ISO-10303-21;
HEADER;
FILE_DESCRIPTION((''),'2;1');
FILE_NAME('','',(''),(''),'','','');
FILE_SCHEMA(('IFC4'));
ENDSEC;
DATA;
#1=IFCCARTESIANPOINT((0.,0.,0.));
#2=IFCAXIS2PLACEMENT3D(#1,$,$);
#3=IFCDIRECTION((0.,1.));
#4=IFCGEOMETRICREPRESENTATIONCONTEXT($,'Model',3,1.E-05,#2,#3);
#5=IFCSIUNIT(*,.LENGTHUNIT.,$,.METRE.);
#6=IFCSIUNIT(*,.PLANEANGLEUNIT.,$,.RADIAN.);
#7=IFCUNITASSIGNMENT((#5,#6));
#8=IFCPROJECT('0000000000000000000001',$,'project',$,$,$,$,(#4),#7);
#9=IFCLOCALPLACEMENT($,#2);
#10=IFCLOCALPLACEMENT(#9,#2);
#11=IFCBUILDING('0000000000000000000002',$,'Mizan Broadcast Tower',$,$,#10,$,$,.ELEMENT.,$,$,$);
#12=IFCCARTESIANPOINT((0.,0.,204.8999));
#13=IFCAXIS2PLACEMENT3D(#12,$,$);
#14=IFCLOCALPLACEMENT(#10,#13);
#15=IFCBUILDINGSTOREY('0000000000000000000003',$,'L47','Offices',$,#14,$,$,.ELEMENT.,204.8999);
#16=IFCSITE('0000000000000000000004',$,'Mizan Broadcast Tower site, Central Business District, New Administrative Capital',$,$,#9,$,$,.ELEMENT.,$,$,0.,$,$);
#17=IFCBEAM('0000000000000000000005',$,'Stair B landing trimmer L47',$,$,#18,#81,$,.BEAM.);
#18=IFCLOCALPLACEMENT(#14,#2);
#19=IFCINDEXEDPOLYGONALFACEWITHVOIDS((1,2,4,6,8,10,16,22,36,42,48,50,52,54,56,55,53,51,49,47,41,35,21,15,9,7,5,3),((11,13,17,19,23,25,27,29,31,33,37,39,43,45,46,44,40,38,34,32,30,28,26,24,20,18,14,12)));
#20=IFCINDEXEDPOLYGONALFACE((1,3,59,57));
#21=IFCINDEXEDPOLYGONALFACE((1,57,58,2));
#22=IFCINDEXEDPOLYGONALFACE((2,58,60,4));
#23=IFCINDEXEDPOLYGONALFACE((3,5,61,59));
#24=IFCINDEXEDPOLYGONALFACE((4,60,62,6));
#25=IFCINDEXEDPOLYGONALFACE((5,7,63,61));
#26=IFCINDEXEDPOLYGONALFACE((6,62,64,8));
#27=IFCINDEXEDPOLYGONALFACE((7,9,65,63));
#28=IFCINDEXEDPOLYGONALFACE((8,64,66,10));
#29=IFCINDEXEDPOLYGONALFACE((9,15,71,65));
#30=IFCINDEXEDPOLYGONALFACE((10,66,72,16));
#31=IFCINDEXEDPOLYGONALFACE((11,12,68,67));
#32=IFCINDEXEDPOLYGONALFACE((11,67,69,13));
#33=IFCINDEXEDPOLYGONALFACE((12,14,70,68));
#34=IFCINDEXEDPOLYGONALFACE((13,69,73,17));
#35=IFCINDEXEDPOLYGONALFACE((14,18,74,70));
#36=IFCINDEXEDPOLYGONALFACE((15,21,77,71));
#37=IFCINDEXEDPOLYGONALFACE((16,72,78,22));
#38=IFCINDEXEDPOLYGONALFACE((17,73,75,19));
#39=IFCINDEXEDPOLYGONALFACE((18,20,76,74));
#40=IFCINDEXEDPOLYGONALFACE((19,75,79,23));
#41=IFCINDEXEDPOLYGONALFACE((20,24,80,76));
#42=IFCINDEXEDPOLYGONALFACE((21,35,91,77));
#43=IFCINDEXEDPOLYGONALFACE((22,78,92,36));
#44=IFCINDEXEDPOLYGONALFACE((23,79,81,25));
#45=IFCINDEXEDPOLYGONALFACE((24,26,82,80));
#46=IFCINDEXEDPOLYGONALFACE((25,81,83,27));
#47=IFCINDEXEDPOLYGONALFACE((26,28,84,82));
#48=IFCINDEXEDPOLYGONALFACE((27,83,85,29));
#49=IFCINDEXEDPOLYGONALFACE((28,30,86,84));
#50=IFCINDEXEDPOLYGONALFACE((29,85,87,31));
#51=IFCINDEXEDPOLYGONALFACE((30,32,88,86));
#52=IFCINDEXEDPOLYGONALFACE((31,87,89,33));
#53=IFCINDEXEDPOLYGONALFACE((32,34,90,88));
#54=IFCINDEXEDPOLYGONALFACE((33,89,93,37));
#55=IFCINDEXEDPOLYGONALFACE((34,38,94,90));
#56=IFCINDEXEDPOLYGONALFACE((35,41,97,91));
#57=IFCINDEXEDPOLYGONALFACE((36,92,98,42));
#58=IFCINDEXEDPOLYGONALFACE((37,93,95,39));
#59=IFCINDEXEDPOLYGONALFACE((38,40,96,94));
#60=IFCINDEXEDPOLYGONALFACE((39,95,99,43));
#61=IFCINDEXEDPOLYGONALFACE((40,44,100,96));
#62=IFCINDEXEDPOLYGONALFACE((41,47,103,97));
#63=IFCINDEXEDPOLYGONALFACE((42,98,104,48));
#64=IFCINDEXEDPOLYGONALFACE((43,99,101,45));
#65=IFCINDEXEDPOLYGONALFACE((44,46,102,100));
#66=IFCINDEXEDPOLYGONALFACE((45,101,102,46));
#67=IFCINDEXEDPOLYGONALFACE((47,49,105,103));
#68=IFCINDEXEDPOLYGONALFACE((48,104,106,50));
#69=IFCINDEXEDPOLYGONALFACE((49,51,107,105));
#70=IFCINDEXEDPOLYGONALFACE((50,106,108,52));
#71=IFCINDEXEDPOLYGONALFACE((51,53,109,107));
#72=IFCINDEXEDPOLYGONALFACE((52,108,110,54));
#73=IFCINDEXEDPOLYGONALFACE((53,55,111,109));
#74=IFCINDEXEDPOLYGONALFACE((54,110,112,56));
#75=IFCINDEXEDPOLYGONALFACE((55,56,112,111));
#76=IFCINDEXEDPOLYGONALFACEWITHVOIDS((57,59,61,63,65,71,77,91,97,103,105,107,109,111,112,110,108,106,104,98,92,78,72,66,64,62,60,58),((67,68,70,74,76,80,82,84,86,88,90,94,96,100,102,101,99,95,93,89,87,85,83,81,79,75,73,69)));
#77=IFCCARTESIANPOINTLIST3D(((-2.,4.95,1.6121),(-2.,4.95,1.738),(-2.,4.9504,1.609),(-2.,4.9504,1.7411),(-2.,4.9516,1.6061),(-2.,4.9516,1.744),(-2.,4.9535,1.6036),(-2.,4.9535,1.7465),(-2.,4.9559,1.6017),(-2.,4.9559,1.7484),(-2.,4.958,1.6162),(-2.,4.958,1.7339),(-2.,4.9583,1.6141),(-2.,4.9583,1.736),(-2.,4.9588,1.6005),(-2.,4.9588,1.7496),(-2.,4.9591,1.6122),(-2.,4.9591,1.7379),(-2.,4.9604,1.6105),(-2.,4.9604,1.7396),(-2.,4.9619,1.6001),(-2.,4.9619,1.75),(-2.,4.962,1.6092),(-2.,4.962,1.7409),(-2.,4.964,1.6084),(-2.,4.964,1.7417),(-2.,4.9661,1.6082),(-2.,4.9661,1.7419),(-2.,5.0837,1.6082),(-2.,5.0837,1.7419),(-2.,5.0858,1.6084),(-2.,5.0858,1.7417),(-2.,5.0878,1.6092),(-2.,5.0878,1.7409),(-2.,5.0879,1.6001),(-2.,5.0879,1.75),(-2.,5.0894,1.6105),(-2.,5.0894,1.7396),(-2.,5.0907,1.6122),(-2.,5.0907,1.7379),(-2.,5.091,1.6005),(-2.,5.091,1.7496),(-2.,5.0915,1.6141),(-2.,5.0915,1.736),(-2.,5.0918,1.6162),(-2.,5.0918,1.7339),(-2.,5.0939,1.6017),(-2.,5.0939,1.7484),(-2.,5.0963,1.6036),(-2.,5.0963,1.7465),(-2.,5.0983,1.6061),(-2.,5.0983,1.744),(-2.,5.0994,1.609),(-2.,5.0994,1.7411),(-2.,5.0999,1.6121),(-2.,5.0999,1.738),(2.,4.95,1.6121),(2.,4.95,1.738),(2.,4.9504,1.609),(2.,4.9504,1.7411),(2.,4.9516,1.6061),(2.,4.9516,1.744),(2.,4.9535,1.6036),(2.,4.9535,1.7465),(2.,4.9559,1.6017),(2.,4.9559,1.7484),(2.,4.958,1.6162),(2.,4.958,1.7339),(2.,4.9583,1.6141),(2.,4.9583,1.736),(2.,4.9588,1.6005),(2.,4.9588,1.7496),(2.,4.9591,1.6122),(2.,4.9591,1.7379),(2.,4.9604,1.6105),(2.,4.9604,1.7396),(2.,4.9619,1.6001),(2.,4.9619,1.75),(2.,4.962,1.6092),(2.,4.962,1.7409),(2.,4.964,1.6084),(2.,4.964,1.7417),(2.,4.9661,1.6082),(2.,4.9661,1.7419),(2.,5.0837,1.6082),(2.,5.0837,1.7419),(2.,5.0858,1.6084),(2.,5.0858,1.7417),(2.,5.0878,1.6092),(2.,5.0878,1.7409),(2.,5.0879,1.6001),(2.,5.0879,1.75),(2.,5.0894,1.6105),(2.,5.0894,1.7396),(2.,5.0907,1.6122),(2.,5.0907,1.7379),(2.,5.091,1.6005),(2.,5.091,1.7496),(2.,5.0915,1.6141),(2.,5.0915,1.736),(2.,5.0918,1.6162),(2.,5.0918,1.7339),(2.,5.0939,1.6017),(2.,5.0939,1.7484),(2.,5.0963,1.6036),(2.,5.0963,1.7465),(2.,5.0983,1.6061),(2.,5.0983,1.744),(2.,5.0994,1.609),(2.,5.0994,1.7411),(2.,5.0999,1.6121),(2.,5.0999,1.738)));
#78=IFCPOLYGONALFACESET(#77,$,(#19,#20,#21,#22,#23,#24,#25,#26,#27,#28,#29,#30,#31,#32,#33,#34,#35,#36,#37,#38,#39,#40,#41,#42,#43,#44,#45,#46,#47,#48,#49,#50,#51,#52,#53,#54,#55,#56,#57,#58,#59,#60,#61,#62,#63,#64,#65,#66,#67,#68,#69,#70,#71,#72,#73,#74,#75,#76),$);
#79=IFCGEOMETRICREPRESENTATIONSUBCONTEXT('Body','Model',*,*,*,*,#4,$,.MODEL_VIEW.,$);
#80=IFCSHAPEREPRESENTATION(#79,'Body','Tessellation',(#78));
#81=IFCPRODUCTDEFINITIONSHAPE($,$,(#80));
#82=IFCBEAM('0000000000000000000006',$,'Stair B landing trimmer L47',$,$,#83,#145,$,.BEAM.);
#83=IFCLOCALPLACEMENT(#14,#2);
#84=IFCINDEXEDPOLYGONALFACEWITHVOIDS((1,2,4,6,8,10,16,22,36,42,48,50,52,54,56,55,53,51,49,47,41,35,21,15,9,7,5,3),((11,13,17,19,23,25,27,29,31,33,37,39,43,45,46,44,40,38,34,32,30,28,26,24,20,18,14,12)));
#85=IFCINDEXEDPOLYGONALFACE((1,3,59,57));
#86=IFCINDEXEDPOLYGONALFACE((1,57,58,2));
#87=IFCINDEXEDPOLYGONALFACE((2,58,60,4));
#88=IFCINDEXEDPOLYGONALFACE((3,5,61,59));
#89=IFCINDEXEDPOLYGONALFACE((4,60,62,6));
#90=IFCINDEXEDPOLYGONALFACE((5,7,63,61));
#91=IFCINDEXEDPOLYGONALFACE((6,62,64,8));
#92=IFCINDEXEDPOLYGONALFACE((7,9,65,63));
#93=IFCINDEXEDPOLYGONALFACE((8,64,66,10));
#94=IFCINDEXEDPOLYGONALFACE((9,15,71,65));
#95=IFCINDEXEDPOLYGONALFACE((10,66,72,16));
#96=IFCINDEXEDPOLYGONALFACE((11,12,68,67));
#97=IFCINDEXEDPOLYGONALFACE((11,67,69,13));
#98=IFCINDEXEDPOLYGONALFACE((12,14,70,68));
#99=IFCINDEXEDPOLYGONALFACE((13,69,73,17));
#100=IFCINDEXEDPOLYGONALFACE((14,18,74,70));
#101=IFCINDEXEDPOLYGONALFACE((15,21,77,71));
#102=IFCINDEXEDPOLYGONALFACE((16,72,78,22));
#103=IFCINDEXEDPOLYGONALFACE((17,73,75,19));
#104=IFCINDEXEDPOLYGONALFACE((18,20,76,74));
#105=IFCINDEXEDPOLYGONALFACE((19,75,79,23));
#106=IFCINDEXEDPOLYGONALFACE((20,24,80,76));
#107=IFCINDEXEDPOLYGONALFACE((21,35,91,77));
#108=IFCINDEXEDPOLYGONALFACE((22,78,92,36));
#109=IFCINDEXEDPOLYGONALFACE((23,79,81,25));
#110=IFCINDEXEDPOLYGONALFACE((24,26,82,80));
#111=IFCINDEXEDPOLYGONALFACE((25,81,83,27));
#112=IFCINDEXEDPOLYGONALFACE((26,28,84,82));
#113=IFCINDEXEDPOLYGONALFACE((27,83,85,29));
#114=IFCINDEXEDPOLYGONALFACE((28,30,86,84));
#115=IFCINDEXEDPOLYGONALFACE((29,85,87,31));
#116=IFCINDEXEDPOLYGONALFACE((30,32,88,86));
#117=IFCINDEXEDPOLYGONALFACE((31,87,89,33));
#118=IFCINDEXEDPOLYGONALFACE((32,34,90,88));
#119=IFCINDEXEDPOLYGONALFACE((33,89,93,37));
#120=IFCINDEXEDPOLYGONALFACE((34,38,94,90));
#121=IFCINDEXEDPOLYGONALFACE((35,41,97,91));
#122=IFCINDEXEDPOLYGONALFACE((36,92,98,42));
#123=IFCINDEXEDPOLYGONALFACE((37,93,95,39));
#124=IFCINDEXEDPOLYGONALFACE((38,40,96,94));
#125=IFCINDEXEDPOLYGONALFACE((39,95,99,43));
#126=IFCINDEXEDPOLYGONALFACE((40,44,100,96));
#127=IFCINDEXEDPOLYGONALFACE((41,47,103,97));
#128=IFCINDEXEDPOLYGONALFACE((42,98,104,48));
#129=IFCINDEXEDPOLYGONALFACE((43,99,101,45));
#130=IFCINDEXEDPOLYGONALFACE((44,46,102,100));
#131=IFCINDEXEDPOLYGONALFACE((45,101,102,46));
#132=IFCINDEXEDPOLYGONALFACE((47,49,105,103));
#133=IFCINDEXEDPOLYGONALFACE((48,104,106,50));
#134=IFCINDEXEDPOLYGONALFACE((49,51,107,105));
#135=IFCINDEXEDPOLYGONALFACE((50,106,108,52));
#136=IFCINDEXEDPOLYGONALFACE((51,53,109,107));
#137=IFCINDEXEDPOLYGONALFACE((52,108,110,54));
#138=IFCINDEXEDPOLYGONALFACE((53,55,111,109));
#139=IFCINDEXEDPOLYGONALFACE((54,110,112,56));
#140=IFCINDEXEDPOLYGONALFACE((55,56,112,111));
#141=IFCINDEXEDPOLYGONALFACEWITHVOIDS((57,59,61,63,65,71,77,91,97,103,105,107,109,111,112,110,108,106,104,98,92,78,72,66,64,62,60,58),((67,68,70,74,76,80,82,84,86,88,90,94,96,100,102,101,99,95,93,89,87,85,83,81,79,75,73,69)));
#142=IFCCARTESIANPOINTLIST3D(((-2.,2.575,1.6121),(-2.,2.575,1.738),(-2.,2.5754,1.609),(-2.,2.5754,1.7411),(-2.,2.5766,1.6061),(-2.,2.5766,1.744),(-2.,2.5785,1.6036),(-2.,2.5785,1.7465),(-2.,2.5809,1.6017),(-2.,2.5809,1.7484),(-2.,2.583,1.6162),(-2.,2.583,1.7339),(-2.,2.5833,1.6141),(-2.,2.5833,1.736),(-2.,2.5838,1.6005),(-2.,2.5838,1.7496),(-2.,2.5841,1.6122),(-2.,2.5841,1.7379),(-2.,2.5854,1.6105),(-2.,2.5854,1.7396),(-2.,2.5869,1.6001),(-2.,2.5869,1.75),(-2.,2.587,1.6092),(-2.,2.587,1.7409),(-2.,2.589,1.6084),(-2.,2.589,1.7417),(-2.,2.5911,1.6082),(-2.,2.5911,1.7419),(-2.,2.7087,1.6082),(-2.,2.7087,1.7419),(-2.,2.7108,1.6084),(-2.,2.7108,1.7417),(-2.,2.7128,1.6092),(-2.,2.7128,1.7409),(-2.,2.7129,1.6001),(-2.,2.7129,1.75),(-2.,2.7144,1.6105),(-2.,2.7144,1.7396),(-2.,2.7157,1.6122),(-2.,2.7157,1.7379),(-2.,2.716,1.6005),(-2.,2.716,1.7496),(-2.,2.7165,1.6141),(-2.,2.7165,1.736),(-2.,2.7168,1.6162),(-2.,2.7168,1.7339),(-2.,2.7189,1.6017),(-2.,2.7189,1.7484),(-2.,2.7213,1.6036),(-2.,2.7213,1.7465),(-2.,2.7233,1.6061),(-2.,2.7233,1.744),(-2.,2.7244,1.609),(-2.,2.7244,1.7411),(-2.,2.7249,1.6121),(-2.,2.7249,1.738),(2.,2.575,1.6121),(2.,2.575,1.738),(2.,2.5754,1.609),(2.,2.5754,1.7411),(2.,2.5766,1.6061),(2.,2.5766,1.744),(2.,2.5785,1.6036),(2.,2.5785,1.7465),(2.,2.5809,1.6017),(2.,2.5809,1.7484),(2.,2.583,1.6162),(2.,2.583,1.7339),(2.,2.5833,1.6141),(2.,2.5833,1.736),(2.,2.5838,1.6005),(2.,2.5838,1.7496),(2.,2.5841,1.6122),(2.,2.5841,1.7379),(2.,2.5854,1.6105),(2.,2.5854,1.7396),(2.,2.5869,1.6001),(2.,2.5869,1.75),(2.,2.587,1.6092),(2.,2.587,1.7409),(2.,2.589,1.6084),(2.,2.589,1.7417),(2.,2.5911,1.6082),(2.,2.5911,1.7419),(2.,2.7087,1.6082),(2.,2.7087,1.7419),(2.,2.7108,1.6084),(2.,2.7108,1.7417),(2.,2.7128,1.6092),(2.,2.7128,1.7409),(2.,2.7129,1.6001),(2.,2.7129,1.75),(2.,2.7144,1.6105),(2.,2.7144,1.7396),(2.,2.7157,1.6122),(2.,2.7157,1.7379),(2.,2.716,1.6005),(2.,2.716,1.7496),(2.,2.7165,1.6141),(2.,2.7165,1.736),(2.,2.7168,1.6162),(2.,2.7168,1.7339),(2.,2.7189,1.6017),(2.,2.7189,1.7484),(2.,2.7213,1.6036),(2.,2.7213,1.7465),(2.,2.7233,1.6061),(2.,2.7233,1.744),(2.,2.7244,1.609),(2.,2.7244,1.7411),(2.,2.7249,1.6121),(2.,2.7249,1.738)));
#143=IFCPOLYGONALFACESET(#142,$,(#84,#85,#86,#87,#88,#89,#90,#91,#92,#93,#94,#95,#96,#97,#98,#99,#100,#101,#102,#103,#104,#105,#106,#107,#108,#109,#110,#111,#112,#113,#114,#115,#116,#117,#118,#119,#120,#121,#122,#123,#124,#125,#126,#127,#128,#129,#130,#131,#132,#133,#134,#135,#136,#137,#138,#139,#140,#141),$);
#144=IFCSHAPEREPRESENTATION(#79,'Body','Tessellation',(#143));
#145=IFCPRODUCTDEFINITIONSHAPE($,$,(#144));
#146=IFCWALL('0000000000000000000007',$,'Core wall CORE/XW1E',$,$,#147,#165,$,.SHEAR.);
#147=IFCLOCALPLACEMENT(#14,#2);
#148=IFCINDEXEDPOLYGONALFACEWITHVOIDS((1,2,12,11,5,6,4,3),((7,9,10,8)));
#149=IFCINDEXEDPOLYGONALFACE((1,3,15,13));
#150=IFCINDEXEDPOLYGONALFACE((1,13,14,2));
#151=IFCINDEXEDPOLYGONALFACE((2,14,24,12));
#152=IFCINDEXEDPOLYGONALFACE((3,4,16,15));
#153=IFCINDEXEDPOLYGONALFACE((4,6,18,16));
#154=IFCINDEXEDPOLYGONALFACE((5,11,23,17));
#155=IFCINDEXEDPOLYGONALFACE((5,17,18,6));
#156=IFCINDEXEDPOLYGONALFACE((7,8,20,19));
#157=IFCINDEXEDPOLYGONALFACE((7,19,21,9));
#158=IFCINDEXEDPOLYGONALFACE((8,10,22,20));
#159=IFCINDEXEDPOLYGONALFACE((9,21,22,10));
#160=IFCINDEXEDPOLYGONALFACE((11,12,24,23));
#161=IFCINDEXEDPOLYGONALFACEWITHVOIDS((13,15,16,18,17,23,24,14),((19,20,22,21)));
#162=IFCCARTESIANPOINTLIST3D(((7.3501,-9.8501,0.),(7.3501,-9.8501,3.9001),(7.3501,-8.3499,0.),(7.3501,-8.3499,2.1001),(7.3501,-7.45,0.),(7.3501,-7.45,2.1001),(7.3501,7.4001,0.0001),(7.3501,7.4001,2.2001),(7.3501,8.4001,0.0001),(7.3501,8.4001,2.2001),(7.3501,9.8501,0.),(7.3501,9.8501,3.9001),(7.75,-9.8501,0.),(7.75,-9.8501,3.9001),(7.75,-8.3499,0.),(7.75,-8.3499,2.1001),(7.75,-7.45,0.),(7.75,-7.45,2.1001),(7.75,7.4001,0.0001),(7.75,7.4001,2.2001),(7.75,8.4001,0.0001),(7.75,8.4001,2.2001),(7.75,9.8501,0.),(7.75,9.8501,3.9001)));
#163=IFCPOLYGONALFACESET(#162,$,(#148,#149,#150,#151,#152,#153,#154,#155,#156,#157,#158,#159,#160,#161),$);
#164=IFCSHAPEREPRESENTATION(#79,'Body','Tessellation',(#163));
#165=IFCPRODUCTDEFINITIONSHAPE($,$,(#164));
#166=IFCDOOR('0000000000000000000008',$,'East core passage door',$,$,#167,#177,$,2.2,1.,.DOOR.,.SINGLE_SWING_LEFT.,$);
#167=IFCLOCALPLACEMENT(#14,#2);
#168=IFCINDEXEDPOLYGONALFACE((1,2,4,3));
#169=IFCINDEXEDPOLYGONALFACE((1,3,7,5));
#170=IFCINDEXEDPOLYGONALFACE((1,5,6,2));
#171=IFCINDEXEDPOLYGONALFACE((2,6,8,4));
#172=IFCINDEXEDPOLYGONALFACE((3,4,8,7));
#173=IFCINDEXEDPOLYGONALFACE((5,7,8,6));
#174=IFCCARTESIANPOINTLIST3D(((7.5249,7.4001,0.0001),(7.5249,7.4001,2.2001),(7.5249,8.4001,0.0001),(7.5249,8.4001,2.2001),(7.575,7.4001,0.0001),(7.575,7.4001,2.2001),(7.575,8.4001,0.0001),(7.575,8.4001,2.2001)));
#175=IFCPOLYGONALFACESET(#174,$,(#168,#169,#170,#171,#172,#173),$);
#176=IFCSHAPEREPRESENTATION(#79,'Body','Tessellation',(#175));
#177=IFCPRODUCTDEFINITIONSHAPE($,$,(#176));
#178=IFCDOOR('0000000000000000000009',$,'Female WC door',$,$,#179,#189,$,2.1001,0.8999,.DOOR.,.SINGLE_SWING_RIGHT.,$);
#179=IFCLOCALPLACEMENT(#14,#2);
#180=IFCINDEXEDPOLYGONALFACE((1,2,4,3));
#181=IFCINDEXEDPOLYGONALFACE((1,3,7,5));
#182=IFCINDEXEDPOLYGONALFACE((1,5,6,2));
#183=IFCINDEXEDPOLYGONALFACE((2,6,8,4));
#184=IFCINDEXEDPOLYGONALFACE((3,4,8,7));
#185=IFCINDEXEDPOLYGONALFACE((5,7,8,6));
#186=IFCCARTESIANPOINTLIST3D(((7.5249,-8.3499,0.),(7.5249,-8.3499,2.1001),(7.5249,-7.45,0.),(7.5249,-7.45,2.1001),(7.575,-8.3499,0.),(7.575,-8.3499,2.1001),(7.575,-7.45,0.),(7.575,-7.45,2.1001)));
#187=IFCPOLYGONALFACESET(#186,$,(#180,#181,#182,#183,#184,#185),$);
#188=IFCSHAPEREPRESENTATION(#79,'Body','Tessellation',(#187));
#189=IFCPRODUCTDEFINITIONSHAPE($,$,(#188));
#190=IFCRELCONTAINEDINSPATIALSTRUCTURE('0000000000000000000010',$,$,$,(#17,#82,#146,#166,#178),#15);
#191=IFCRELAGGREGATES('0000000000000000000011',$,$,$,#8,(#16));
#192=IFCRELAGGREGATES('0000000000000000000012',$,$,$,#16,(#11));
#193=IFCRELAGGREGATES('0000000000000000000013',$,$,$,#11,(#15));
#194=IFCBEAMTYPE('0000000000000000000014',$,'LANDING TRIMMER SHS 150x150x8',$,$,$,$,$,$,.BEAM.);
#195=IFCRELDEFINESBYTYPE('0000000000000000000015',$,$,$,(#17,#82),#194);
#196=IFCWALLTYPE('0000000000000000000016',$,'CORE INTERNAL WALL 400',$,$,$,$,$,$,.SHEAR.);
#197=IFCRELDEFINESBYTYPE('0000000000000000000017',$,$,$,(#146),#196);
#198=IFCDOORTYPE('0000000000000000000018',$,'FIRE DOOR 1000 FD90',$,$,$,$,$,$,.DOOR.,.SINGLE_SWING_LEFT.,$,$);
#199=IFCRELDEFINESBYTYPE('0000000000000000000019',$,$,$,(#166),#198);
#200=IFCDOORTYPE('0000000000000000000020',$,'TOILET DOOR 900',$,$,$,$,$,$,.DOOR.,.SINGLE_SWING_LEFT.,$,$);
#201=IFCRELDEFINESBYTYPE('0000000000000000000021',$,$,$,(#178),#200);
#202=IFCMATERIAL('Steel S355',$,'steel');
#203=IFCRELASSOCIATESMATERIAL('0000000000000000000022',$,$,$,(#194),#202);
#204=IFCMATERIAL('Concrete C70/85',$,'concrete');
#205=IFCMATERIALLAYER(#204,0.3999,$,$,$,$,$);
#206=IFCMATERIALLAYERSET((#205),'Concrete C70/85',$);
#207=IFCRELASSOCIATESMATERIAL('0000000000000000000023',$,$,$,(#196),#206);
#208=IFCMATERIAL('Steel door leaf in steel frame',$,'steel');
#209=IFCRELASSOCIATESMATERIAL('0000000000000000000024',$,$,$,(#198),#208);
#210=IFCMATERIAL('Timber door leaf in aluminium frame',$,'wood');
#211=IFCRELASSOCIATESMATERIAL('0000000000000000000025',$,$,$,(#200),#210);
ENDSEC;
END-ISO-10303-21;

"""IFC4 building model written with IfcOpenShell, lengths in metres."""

from ifc_helpers import new_model, si_unit, direction, frame, frame_2d, origin, origin_2d, place, context, subcontext, project, spatial, rectangle, hollow_rectangle, extrude, material, layer, layer_set, material_profile, profile_set, type_object, element, fill, save


model = new_model("IFC4")

# Units and contexts
model_context = context("Model", 3, precision=1e-05, world=origin(), true_north=direction((0.0, 1.0)))
body_context = subcontext(model_context, "Body", "Model", "MODEL_VIEW")
ifc_project = project(units=[si_unit("LENGTHUNIT", "METRE"), si_unit("PLANEANGLEUNIT", "RADIAN")], contexts=[model_context])

# Site, building, storey
site_placement = place(None, origin())
site = spatial("IfcSite", under=ifc_project, at=site_placement, Name="Mizan Broadcast Tower site, Central Business District, New Administrative Capital", CompositionType="ELEMENT", RefElevation=0.0)
building_placement = place(site_placement, origin())
building = spatial("IfcBuilding", under=site, at=building_placement, Name="Mizan Broadcast Tower", CompositionType="ELEMENT")
storey_placement = place(building_placement, frame((0.0, 0.0, 204.8999)))
storey = spatial("IfcBuildingStorey", under=building, at=storey_placement, Name="L47", Description="Offices", CompositionType="ELEMENT", Elevation=204.8999)

# Beams
ifc_material_1 = material(Name="Steel S355", Category="steel")
ifc_material_profile = material_profile(ifc_material_1, hollow_rectangle(XDim=0.1499, YDim=0.1499, WallThickness=0.0081, InnerFilletRadius=0.0081, OuterFilletRadius=0.012, at=origin_2d()), Name="SHS 150x150x8")
ifc_profile_set = profile_set([ifc_material_profile], Name="Steel S355")
beam_type = type_object("IfcBeamType", Name="LANDING TRIMMER SHS 150x150x8", PredefinedType="BEAM", material=ifc_profile_set)
for number, where, z_axis, x_axis, name in (
    (1, (2.0, 5.0249, 1.675), (-1.0, 0.0, 0.0), (0.0, -1.0, 0.0), "Stair B landing trimmer L47"),
    (2, (2.0, 2.6499, 1.675), (-1.0, 0.0, 0.0), (0.0, -1.0, 0.0), "Stair B landing trimmer L47"),
):
    element("IfcBeam", number, at=place(storey_placement, frame(where, z_axis=z_axis, x_axis=x_axis)), inside=storey, type_object=beam_type, Name=name, PredefinedType="BEAM", context=body_context, shape_type="SweptSolid", body=[
        extrude(hollow_rectangle(XDim=0.1499, YDim=0.1499, WallThickness=0.0081, InnerFilletRadius=0.0081, OuterFilletRadius=0.012, at=origin_2d()), origin(), (0.0, 0.0, 1.0), 4.0),
    ])

# Wall, openings, doors
ifc_material_2 = material(Name="Concrete C70/85", Category="concrete")
ifc_layer_1 = layer(ifc_material_2, 0.3999)
ifc_layer_set_1 = layer_set([ifc_layer_1], Name="Concrete C70/85")
wall_type_1 = type_object("IfcWallType", Name="CORE INTERNAL WALL 400", PredefinedType="SHEAR", material=ifc_layer_set_1)
wall_1_placement = place(storey_placement, frame((7.55, 9.8501, 0.0), z_axis=(0.0, 0.0, 1.0), x_axis=(0.0, -1.0, 0.0)))
wall_1 = element("IfcWall", 3, at=wall_1_placement, inside=storey, type_object=wall_type_1, Name="Core wall CORE/XW1E", PredefinedType="SHEAR", context=body_context, shape_type="SweptSolid", body=[
    extrude(rectangle(XDim=19.7002, YDim=0.3999, at=frame_2d((9.8501, 0.0))), origin(), (0.0, 0.0, 1.0), 3.9001),
])
opening_1_placement = place(wall_1_placement, frame((1.45, 0.0, 0.0)))
opening_1 = element("IfcOpeningElement", 4, at=opening_1_placement, cuts=wall_1, PredefinedType="OPENING", context=body_context, shape_type="SweptSolid", body=[
    extrude(rectangle(XDim=1.0, YDim=2.2, at=frame_2d((0.5, 1.1001))), frame((0.0, 0.21, 0.0), z_axis=(0.0, -1.0, 0.0), x_axis=(1.0, 0.0, 0.0)), (0.0, 0.0, 1.0), 0.4199),
])
opening_2_placement = place(wall_1_placement, frame((17.3, 0.0, 0.0)))
opening_2 = element("IfcOpeningElement", 5, at=opening_2_placement, cuts=wall_1, PredefinedType="OPENING", context=body_context, shape_type="SweptSolid", body=[
    extrude(rectangle(XDim=0.8999, YDim=2.1001, at=frame_2d((0.45, 1.05))), frame((0.0, 0.21, 0.0), z_axis=(0.0, -1.0, 0.0), x_axis=(1.0, 0.0, 0.0)), (0.0, 0.0, 1.0), 0.4199),
])
ifc_material_3 = material(Name="Steel door leaf in steel frame", Category="steel")
door_type_1 = type_object("IfcDoorType", Name="FIRE DOOR 1000 FD90", OperationType="SINGLE_SWING_LEFT", PredefinedType="DOOR", material=ifc_material_3)
door_1_placement = place(opening_1_placement, origin())
door_1 = element("IfcDoor", 6, at=door_1_placement, inside=storey, type_object=door_type_1, Name="East core passage door", OperationType="SINGLE_SWING_LEFT", OverallHeight=2.2, OverallWidth=1.0, PredefinedType="DOOR", context=body_context, shape_type="SweptSolid", body=[
    extrude(rectangle(XDim=1.0, YDim=2.2, at=frame_2d((0.5, 1.1001))), frame((0.0, 0.0249, 0.0), z_axis=(0.0, -1.0, 0.0), x_axis=(1.0, 0.0, 0.0)), (0.0, 0.0, 1.0), 0.05),
])
fill(opening_1, door_1)
ifc_material_4 = material(Name="Timber door leaf in aluminium frame", Category="wood")
door_type_2 = type_object("IfcDoorType", Name="TOILET DOOR 900", OperationType="SINGLE_SWING_LEFT", PredefinedType="DOOR", material=ifc_material_4)
door_2_placement = place(opening_2_placement, origin())
door_2 = element("IfcDoor", 7, at=door_2_placement, inside=storey, type_object=door_type_2, Name="Female WC door", OperationType="SINGLE_SWING_RIGHT", OverallHeight=2.1001, OverallWidth=0.8999, PredefinedType="DOOR", context=body_context, shape_type="SweptSolid", body=[
    extrude(rectangle(XDim=0.8999, YDim=2.1001, at=frame_2d((0.45, 1.05))), frame((0.0, 0.0249, 0.0), z_axis=(0.0, -1.0, 0.0), x_axis=(1.0, 0.0, 0.0)), (0.0, 0.0, 1.0), 0.05),
])
fill(opening_2, door_2)

save(model, "model.ifc")
